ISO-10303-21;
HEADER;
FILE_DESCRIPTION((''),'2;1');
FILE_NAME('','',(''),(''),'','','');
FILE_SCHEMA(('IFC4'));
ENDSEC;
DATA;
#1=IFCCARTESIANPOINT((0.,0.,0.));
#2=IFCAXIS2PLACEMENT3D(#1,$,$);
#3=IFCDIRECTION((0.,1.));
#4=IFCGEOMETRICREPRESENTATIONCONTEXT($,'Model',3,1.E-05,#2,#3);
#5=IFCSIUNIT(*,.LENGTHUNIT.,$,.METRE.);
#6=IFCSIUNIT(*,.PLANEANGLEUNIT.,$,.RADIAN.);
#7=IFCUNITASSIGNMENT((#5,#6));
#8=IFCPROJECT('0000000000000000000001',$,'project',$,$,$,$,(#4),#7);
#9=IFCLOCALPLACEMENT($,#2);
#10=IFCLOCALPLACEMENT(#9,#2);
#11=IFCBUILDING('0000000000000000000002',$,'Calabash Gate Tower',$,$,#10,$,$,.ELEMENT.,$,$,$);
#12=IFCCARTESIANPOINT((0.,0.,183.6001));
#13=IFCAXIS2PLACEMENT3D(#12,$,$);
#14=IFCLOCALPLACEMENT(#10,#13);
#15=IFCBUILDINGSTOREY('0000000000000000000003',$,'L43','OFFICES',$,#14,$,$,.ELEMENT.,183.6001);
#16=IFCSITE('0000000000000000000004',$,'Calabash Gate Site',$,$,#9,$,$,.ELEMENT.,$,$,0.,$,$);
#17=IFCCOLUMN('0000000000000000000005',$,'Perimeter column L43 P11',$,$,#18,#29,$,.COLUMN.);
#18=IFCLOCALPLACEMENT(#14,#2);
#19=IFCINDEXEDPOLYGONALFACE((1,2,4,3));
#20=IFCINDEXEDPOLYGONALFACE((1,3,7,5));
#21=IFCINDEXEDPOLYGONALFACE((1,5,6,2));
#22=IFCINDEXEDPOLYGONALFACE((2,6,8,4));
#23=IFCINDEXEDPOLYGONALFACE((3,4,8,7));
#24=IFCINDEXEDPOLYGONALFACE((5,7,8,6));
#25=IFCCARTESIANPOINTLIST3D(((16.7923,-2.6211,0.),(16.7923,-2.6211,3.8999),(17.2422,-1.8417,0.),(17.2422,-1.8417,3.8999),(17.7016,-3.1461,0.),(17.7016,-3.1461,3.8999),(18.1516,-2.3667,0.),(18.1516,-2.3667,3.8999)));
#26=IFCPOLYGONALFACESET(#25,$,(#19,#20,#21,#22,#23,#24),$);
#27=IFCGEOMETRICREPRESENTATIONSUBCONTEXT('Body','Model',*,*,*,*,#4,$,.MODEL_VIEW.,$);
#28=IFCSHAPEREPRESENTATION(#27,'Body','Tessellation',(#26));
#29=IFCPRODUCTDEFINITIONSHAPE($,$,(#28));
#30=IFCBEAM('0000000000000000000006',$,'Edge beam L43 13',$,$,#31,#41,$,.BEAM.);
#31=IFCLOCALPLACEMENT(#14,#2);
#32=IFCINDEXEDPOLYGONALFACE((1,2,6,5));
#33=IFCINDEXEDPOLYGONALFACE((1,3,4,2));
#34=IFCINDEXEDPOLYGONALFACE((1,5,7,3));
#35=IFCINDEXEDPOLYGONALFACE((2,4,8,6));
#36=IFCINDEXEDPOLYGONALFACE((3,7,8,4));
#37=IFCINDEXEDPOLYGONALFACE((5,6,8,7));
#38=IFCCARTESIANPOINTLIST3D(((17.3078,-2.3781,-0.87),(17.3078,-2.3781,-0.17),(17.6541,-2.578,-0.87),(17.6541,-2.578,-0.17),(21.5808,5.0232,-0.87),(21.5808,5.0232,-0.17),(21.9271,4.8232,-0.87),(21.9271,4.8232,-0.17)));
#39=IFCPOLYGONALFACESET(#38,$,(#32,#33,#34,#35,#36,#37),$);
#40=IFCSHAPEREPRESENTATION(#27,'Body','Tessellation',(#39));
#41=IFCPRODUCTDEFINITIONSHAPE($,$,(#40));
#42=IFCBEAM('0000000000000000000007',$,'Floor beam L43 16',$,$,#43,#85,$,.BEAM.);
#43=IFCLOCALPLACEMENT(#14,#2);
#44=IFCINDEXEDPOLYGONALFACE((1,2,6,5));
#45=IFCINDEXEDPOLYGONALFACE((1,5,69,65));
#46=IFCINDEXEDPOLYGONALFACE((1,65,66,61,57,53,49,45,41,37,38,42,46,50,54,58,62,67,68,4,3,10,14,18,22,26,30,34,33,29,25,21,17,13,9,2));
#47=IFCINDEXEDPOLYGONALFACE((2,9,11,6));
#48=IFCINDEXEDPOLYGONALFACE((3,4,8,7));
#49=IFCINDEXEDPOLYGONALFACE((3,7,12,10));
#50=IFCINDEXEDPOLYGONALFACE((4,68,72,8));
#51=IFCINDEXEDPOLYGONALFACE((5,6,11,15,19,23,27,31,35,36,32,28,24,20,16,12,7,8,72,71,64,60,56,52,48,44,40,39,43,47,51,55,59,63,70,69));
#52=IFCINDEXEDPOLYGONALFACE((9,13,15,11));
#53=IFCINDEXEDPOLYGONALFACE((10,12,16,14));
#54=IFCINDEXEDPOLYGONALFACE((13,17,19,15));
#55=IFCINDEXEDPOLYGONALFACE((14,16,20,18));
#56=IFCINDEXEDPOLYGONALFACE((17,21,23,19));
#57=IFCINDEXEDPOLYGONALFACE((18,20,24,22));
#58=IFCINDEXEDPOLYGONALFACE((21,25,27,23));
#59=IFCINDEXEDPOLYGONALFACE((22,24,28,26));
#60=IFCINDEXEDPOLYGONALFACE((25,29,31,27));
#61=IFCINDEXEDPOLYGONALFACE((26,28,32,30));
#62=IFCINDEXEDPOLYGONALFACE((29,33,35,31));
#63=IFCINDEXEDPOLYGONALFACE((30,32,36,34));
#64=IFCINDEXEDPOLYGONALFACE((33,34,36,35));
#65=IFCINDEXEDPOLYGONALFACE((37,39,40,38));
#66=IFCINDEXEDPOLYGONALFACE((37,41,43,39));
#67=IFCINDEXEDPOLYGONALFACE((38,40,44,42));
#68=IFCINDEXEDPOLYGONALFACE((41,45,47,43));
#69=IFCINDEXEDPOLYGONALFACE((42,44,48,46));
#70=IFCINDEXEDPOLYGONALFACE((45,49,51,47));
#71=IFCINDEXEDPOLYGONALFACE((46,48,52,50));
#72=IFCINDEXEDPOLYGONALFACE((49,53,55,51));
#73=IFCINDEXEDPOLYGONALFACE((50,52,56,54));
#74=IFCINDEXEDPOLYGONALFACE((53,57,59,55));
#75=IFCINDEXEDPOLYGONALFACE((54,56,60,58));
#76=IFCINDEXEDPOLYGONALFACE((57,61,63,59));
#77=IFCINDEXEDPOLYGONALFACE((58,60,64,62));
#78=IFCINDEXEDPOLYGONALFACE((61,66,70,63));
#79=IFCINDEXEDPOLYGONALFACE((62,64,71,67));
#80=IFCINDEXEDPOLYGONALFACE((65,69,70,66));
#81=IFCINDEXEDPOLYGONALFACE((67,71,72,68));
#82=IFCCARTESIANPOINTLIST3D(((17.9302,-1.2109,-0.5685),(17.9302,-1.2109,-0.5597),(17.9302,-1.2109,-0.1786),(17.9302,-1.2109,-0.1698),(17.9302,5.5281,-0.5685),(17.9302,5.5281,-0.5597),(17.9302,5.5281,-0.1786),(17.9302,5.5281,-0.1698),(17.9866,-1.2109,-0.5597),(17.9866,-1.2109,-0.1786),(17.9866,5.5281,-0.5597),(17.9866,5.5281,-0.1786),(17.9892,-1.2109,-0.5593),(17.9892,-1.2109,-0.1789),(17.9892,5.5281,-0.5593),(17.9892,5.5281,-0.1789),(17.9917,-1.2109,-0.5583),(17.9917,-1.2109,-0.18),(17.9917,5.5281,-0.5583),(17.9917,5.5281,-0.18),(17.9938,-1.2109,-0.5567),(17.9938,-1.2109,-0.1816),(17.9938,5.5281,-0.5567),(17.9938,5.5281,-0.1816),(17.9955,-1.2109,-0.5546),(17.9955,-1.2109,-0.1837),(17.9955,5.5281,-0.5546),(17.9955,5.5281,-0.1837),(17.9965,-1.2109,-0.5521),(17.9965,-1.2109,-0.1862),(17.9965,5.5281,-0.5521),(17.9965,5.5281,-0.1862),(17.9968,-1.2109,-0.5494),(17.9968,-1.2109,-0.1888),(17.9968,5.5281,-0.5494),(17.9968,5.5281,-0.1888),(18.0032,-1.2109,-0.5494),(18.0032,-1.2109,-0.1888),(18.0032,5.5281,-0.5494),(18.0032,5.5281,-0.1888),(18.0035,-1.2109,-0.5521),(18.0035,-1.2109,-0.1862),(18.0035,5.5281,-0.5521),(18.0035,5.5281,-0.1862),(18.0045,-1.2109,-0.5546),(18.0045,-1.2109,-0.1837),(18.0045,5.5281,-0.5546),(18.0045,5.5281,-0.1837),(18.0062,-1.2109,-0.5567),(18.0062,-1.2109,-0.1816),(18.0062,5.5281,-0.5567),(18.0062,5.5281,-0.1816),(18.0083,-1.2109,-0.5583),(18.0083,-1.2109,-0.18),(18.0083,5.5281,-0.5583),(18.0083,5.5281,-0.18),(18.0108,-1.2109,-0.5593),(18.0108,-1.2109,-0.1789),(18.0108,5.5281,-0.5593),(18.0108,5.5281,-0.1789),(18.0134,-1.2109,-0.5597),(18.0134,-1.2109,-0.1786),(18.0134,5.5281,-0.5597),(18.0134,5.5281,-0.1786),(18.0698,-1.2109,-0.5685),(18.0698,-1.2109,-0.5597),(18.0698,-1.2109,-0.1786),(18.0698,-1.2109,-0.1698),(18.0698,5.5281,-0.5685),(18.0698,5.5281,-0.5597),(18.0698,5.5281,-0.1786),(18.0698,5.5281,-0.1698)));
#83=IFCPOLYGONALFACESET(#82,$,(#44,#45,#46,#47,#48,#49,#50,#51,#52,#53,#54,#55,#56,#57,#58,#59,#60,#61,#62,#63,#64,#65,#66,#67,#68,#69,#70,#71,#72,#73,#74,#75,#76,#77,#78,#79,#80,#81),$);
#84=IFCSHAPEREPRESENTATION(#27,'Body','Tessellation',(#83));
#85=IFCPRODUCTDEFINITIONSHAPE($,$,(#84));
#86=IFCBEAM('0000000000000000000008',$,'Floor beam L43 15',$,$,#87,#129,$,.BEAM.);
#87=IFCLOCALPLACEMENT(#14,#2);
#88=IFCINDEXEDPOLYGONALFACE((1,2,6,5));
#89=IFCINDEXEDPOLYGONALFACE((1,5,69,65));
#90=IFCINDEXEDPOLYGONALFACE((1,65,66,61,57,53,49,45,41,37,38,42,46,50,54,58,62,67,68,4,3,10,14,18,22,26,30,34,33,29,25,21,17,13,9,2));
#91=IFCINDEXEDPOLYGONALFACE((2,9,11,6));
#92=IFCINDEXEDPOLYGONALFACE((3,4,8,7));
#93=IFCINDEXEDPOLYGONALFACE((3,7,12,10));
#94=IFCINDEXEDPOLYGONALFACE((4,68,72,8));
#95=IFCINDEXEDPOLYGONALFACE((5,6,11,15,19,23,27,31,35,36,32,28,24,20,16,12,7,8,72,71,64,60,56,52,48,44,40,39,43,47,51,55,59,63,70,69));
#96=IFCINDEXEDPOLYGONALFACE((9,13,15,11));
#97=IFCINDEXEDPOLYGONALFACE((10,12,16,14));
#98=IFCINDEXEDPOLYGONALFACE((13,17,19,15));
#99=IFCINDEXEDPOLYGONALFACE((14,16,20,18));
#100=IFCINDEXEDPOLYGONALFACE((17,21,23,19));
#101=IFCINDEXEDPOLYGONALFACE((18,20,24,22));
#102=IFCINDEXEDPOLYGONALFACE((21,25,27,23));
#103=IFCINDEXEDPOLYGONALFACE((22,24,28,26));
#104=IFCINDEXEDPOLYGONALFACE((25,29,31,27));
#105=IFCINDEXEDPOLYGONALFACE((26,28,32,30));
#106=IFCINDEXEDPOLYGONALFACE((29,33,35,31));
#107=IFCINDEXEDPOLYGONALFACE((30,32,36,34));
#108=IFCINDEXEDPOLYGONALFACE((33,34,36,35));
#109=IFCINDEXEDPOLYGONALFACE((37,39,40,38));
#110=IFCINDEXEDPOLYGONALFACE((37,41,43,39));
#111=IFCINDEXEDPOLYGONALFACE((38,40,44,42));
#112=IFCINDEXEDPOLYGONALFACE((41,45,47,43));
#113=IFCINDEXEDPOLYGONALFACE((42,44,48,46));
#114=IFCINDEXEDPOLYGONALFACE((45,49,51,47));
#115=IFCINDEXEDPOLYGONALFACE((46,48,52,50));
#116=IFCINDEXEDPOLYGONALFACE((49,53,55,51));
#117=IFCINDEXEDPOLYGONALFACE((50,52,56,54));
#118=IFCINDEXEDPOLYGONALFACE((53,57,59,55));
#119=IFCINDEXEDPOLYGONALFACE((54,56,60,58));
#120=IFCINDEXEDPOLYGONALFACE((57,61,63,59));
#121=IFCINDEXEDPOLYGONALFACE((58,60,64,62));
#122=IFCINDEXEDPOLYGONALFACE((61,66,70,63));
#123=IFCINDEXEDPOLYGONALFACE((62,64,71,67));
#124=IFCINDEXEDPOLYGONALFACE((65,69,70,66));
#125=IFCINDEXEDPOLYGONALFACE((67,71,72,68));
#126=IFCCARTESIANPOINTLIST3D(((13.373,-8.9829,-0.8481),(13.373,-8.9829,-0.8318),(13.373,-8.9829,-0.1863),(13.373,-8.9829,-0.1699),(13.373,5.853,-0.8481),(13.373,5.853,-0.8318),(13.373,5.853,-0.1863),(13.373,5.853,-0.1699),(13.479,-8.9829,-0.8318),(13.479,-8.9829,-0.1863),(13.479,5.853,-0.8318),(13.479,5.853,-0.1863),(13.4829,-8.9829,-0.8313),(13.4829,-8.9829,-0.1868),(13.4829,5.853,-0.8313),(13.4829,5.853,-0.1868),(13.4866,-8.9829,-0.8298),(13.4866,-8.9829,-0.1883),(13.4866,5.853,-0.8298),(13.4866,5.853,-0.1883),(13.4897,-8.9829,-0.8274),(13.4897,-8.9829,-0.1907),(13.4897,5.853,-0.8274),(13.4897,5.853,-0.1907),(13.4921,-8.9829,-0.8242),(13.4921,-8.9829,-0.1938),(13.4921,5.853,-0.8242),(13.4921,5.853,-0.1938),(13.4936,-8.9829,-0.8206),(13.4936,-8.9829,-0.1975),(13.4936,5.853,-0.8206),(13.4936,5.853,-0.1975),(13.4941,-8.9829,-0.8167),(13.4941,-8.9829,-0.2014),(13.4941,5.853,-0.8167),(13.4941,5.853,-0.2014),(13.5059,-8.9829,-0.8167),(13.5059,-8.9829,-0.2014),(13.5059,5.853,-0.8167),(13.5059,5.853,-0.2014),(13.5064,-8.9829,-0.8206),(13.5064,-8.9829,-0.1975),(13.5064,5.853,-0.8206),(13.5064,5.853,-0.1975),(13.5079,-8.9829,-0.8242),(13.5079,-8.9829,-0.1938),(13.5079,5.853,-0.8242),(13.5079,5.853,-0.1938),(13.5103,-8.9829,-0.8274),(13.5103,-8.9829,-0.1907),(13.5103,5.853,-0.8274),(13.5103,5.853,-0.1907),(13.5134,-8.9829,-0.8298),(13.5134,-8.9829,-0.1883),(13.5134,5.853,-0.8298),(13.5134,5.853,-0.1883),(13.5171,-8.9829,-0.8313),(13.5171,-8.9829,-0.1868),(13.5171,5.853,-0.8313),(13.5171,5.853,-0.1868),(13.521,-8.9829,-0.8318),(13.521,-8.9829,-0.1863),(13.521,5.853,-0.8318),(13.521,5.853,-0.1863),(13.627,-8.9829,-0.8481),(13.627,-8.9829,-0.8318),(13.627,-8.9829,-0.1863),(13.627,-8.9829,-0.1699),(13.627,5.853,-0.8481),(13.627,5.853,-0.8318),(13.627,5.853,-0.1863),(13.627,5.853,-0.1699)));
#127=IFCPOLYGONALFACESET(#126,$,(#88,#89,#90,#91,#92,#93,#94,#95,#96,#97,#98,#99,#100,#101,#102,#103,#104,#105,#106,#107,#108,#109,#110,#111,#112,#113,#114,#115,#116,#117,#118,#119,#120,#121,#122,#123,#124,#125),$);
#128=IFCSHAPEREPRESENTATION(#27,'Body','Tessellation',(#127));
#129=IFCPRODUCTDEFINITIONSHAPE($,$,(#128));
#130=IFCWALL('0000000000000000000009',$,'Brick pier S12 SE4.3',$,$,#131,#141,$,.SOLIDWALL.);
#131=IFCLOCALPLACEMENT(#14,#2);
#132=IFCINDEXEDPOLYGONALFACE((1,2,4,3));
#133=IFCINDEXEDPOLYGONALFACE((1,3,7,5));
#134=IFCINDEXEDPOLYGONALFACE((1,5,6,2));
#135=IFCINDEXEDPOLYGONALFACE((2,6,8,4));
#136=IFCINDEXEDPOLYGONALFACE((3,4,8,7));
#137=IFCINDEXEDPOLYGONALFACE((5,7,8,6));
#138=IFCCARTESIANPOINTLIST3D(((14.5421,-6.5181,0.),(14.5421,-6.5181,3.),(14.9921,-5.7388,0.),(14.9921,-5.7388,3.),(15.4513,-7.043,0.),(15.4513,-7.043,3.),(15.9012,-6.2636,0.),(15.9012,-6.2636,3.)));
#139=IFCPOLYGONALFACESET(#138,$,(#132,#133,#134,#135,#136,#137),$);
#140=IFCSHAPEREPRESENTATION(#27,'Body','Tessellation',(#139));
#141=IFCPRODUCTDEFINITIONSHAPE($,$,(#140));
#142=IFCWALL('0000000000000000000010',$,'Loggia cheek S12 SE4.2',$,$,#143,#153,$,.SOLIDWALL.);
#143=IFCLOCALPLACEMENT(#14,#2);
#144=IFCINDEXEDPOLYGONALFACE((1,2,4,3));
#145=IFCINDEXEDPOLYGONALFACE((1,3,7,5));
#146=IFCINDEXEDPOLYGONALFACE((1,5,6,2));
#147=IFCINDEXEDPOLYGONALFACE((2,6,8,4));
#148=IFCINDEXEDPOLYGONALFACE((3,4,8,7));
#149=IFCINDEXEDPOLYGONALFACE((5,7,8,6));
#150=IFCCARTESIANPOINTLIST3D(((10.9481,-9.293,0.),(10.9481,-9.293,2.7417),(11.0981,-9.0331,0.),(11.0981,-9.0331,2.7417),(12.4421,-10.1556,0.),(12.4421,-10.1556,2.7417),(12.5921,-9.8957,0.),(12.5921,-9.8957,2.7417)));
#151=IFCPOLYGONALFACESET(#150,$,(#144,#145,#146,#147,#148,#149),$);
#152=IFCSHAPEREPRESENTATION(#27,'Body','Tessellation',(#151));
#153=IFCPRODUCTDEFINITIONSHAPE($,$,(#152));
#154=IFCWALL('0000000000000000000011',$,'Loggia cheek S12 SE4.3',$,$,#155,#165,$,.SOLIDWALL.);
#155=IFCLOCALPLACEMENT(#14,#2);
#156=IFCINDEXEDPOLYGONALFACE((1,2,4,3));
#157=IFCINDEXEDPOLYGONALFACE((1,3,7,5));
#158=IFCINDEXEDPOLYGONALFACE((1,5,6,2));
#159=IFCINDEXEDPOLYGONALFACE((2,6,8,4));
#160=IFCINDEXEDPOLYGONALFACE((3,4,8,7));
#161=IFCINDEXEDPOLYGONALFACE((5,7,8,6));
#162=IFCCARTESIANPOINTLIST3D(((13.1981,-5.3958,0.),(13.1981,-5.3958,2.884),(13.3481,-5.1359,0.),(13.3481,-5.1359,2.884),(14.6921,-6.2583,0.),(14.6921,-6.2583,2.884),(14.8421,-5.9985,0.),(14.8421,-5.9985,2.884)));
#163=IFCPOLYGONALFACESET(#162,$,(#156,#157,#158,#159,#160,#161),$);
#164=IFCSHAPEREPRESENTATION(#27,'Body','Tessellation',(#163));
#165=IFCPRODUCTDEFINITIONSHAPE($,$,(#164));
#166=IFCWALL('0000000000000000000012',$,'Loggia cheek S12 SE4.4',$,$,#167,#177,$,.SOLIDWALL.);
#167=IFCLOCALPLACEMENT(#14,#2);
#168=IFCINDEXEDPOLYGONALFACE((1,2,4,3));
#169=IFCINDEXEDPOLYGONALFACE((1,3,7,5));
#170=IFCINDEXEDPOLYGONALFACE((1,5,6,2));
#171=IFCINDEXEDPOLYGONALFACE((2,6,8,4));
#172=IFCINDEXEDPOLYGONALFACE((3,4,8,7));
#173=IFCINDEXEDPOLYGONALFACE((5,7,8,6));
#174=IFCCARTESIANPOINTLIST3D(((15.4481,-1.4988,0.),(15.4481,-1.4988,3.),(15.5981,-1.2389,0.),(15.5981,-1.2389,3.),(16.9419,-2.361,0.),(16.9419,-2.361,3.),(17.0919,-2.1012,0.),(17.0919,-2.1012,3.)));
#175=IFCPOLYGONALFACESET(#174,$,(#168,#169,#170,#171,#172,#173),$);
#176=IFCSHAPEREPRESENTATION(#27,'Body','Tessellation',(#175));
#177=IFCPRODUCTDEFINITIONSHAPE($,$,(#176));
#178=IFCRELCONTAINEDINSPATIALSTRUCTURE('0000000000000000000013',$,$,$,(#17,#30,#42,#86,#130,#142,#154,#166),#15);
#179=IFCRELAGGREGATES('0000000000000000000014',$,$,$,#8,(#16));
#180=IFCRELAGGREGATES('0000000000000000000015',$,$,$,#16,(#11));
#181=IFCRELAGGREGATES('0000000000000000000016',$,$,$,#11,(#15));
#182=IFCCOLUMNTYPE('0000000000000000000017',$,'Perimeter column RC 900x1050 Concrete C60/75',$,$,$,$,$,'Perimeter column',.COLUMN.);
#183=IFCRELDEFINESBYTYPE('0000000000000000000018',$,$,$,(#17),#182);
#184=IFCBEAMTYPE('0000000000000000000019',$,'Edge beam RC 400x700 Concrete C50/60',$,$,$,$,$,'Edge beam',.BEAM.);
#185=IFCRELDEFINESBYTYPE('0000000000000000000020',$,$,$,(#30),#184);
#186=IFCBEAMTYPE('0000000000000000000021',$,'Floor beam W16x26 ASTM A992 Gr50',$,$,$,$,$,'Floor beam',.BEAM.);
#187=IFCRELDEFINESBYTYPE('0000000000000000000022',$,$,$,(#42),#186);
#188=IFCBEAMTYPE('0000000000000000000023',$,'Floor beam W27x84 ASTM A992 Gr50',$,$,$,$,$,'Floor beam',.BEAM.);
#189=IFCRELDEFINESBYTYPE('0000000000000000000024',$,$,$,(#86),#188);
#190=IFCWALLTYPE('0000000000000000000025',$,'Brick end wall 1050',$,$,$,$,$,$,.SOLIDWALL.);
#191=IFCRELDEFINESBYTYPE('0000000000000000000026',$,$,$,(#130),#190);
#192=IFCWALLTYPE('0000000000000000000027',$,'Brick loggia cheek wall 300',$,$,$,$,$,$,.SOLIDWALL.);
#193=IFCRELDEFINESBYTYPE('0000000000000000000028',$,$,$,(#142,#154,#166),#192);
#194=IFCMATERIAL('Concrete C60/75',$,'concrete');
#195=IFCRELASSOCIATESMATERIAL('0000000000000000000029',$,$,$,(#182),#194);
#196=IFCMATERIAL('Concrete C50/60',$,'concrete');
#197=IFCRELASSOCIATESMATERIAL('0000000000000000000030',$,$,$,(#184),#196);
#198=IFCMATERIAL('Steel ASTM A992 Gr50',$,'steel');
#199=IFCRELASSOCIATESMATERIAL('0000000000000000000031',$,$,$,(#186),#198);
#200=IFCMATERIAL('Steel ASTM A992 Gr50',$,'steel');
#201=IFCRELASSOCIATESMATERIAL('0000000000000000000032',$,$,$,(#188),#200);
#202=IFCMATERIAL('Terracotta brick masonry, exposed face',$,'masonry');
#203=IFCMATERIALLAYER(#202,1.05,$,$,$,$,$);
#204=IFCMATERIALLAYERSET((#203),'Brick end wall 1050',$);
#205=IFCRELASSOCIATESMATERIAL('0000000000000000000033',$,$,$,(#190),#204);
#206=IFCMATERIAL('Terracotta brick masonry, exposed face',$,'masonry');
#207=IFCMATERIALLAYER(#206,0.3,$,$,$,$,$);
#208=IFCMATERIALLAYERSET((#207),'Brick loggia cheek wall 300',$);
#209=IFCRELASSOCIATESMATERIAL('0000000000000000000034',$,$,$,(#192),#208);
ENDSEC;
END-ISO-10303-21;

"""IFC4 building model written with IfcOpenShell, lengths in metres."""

from ifc_helpers import new_model, si_unit, direction, frame, frame_2d, origin, origin_2d, place, context, subcontext, project, spatial, rectangle, i_section, extrude, material, layer, layer_set, material_profile, profile_set, type_object, element, save


model = new_model("IFC4")

# Units and contexts
model_context = context("Model", 3, precision=1e-05, world=origin(), true_north=direction((0.0, 1.0)))
body_context = subcontext(model_context, "Body", "Model", "MODEL_VIEW")
ifc_project = project(units=[si_unit("LENGTHUNIT", "METRE"), si_unit("PLANEANGLEUNIT", "RADIAN")], contexts=[model_context])

# Site, building, storey
site_placement = place(None, origin())
site = spatial("IfcSite", under=ifc_project, at=site_placement, Name="Calabash Gate Site", CompositionType="ELEMENT", RefElevation=0.0)
building_placement = place(site_placement, origin())
building = spatial("IfcBuilding", under=site, at=building_placement, Name="Calabash Gate Tower", CompositionType="ELEMENT")
storey_placement = place(building_placement, frame((0.0, 0.0, 183.6001)))
storey = spatial("IfcBuildingStorey", under=building, at=storey_placement, Name="L43", Description="OFFICES", CompositionType="ELEMENT", Elevation=183.6001)

# Column
ifc_material_1 = material(Name="Concrete C60/75", Category="concrete")
ifc_material_profile_1 = material_profile(ifc_material_1, rectangle(XDim=0.8999, YDim=1.05, at=origin_2d()))
ifc_profile_set_1 = profile_set([ifc_material_profile_1], Name="Concrete C60/75")
column_type = type_object("IfcColumnType", Name="Perimeter column RC 900x1050 Concrete C60/75", ElementType="Perimeter column", PredefinedType="COLUMN", material=ifc_profile_set_1)
column_placement = place(storey_placement, frame((17.4719, -2.4939, 0.0), z_axis=(0.0, 0.0, 1.0), x_axis=(0.5, 0.866025, 0.0)))
element("IfcColumn", 1, at=column_placement, inside=storey, type_object=column_type, Name="Perimeter column L43 P11", PredefinedType="COLUMN", context=body_context, shape_type="SweptSolid", body=[
    extrude(rectangle(XDim=0.8999, YDim=1.05, at=origin_2d()), origin(), (0.0, 0.0, 1.0), 3.8999),
])

# Beams
ifc_material_2 = material(Name="Concrete C50/60", Category="concrete")
ifc_material_profile_2 = material_profile(ifc_material_2, rectangle(XDim=0.3999, YDim=0.7, at=origin_2d()))
ifc_profile_set_2 = profile_set([ifc_material_profile_2], Name="Concrete C50/60")
beam_type_1 = type_object("IfcBeamType", Name="Edge beam RC 400x700 Concrete C50/60", ElementType="Edge beam", PredefinedType="BEAM", material=ifc_profile_set_2)
beam_1_placement = place(storey_placement, frame((17.481, -2.478, -0.52), z_axis=(0.499992, 0.86603, 0.0), x_axis=(-0.86603, 0.499992, 0.0)))
element("IfcBeam", 2, at=beam_1_placement, inside=storey, type_object=beam_type_1, Name="Edge beam L43 13", PredefinedType="BEAM", context=body_context, shape_type="SweptSolid", body=[
    extrude(rectangle(XDim=0.3999, YDim=0.7, at=origin_2d()), origin(), (0.0, 0.0, 1.0), 8.5461),
])
ifc_material_3 = material(Name="Steel ASTM A992 Gr50", Category="steel")
ifc_material_profile_3 = material_profile(ifc_material_3, i_section(OverallWidth=0.1396, OverallDepth=0.3987, WebThickness=0.0063, FlangeThickness=0.0088, FilletRadius=0.0103, at=origin_2d()))
ifc_profile_set_3 = profile_set([ifc_material_profile_3], Name="Steel ASTM A992 Gr50")
beam_type_2 = type_object("IfcBeamType", Name="Floor beam W16x26 ASTM A992 Gr50", ElementType="Floor beam", PredefinedType="BEAM", material=ifc_profile_set_3)
beam_2_placement = place(storey_placement, frame((18.0, -1.2109, -0.3691), z_axis=(0.0, 1.0, 0.0), x_axis=(-1.0, 0.0, 0.0)))
element("IfcBeam", 3, at=beam_2_placement, inside=storey, type_object=beam_type_2, Name="Floor beam L43 16", PredefinedType="BEAM", context=body_context, shape_type="SweptSolid", body=[
    extrude(i_section(OverallWidth=0.1396, OverallDepth=0.3987, WebThickness=0.0063, FlangeThickness=0.0088, FilletRadius=0.0103, at=origin_2d()), origin(), (0.0, 0.0, 1.0), 6.739),
])
ifc_material_4 = material(Name="Steel ASTM A992 Gr50", Category="steel")
ifc_material_profile_4 = material_profile(ifc_material_4, i_section(OverallWidth=0.2539, OverallDepth=0.6782, WebThickness=0.0117, FlangeThickness=0.0164, FilletRadius=0.0151, at=origin_2d()))
ifc_profile_set_4 = profile_set([ifc_material_profile_4], Name="Steel ASTM A992 Gr50")
beam_type_3 = type_object("IfcBeamType", Name="Floor beam W27x84 ASTM A992 Gr50", ElementType="Floor beam", PredefinedType="BEAM", material=ifc_profile_set_4)
beam_3_placement = place(storey_placement, frame((13.5, -8.9829, -0.509), z_axis=(0.0, 1.0, 0.0), x_axis=(-1.0, 0.0, 0.0)))
element("IfcBeam", 4, at=beam_3_placement, inside=storey, type_object=beam_type_3, Name="Floor beam L43 15", PredefinedType="BEAM", context=body_context, shape_type="SweptSolid", body=[
    extrude(i_section(OverallWidth=0.2539, OverallDepth=0.6782, WebThickness=0.0117, FlangeThickness=0.0164, FilletRadius=0.0151, at=origin_2d()), origin(), (0.0, 0.0, 1.0), 14.8359),
])

# Walls
ifc_material_5 = material(Name="Terracotta brick masonry, exposed face", Category="masonry")
ifc_layer_1 = layer(ifc_material_5, 1.05)
ifc_layer_set_1 = layer_set([ifc_layer_1], Name="Brick end wall 1050")
wall_type_1 = type_object("IfcWallType", Name="Brick end wall 1050", PredefinedType="SOLIDWALL", material=ifc_layer_set_1)
wall_1_placement = place(storey_placement, frame((15.6763, -6.6533, 0.0), z_axis=(0.0, 0.0, 1.0), x_axis=(-0.866031, 0.499991, 0.0)))
element("IfcWall", 5, at=wall_1_placement, inside=storey, type_object=wall_type_1, Name="Brick pier S12 SE4.3", PredefinedType="SOLIDWALL", context=body_context, shape_type="SweptSolid", body=[
    extrude(rectangle(XDim=1.0498, YDim=0.8999, at=frame_2d((0.5249, 0.0))), origin(), (0.0, 0.0, 1.0), 3.0),
])
ifc_material_6 = material(Name="Terracotta brick masonry, exposed face", Category="masonry")
ifc_layer_2 = layer(ifc_material_6, 0.3)
ifc_layer_set_2 = layer_set([ifc_layer_2], Name="Brick loggia cheek wall 300")
wall_type_2 = type_object("IfcWallType", Name="Brick loggia cheek wall 300", PredefinedType="SOLIDWALL", material=ifc_layer_set_2)
wall_2_placement = place(storey_placement, frame((12.5171, -10.0256, 0.0), z_axis=(0.0, 0.0, 1.0), x_axis=(-0.866014, 0.500021, 0.0)))
element("IfcWall", 6, at=wall_2_placement, inside=storey, type_object=wall_type_2, Name="Loggia cheek S12 SE4.2", PredefinedType="SOLIDWALL", context=body_context, shape_type="SweptSolid", body=[
    extrude(rectangle(XDim=1.7251, YDim=0.3, at=frame_2d((0.8625, 0.0))), origin(), (0.0, 0.0, 1.0), 2.7417),
])
wall_3_placement = place(storey_placement, frame((14.7671, -6.1284, 0.0), z_axis=(0.0, 0.0, 1.0), x_axis=(-0.866014, 0.500021, 0.0)))
element("IfcWall", 7, at=wall_3_placement, inside=storey, type_object=wall_type_2, Name="Loggia cheek S12 SE4.3", PredefinedType="SOLIDWALL", context=body_context, shape_type="SweptSolid", body=[
    extrude(rectangle(XDim=1.7251, YDim=0.3, at=frame_2d((0.8625, 0.0))), origin(), (0.0, 0.0, 1.0), 2.884),
])
wall_4_placement = place(storey_placement, frame((15.5232, -1.3689, 0.0), z_axis=(0.0, 0.0, 1.0), x_axis=(0.866075, -0.499914, 0.0)))
element("IfcWall", 8, at=wall_4_placement, inside=storey, type_object=wall_type_2, Name="Loggia cheek S12 SE4.4", PredefinedType="SOLIDWALL", context=body_context, shape_type="SweptSolid", body=[
    extrude(rectangle(XDim=1.7249, YDim=0.3, at=frame_2d((0.8623, 0.0))), origin(), (0.0, 0.0, 1.0), 3.0),
])

save(model, "model.ifc")
